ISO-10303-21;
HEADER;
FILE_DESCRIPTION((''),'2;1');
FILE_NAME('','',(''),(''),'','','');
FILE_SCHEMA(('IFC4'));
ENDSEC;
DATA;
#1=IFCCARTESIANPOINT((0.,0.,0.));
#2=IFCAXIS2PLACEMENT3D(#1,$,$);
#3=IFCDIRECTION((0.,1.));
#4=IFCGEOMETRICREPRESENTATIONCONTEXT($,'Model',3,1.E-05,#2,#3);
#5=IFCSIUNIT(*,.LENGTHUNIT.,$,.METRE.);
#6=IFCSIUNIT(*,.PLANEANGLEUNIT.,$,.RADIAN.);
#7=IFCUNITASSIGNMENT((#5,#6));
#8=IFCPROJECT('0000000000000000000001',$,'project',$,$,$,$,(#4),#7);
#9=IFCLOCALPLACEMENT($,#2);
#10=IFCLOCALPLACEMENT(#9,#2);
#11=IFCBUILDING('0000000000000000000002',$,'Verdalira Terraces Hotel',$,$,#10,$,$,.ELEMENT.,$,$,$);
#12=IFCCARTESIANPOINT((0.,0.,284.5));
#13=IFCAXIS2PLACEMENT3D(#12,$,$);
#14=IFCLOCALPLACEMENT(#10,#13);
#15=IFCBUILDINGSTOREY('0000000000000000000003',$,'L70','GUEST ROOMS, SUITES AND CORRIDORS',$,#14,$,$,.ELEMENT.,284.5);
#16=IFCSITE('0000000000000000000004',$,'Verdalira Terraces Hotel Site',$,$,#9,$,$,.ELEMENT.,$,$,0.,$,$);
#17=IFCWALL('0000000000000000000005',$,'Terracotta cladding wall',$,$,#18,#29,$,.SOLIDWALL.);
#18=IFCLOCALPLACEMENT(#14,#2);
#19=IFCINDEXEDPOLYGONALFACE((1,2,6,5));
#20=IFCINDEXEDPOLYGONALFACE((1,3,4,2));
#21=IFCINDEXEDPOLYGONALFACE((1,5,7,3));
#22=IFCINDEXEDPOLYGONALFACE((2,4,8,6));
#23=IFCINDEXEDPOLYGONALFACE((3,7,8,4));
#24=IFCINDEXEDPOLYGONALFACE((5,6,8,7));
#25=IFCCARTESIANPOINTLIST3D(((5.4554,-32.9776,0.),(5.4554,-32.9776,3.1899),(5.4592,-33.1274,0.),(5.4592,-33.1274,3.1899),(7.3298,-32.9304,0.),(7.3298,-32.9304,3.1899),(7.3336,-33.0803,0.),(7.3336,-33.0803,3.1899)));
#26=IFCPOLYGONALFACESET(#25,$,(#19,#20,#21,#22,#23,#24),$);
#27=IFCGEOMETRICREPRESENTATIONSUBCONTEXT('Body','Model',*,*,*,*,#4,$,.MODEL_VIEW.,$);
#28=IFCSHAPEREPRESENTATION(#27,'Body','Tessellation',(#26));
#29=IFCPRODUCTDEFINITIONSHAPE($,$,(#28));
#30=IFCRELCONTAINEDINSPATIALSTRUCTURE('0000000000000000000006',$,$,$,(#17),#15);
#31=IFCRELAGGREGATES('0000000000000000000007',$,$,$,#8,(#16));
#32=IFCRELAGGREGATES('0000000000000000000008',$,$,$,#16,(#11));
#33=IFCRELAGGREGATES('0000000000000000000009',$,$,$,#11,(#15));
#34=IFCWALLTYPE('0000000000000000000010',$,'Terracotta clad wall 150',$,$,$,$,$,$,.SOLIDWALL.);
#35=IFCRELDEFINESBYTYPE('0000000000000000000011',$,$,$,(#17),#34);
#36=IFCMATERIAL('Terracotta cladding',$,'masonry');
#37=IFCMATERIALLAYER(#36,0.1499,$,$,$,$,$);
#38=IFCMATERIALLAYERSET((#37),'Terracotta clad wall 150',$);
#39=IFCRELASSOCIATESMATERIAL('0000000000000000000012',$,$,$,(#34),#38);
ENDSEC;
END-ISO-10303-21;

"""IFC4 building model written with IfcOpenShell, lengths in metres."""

from ifc_helpers import new_model, si_unit, direction, frame, frame_2d, origin, place, context, subcontext, project, spatial, rectangle, extrude, material, layer, layer_set, type_object, element, save


model = new_model("IFC4")

# Units and contexts
model_context = context("Model", 3, precision=1e-05, world=origin(), true_north=direction((0.0, 1.0)))
body_context = subcontext(model_context, "Body", "Model", "MODEL_VIEW")
ifc_project = project(units=[si_unit("LENGTHUNIT", "METRE"), si_unit("PLANEANGLEUNIT", "RADIAN")], contexts=[model_context])

# Site, building, storey
site_placement = place(None, origin())
site = spatial("IfcSite", under=ifc_project, at=site_placement, Name="Verdalira Terraces Hotel Site", CompositionType="ELEMENT", RefElevation=0.0)
building_placement = place(site_placement, origin())
building = spatial("IfcBuilding", under=site, at=building_placement, Name="Verdalira Terraces Hotel", CompositionType="ELEMENT")
storey_placement = place(building_placement, frame((0.0, 0.0, 284.5)))
storey = spatial("IfcBuildingStorey", under=building, at=storey_placement, Name="L70", Description="GUEST ROOMS, SUITES AND CORRIDORS", CompositionType="ELEMENT", Elevation=284.5)

# Wall
ifc_material_1 = material(Name="Terracotta cladding", Category="masonry")
ifc_layer_1 = layer(ifc_material_1, 0.1499)
ifc_layer_set_1 = layer_set([ifc_layer_1], Name="Terracotta clad wall 150")
wall_type_1 = type_object("IfcWallType", Name="Terracotta clad wall 150", PredefinedType="SOLIDWALL", material=ifc_layer_set_1)
wall_1_placement = place(storey_placement, frame((5.4573, -33.0525, 0.0), z_axis=(0.0, 0.0, 1.0), x_axis=(0.999684, 0.025129, 0.0)))
element("IfcWall", 1, at=wall_1_placement, inside=storey, type_object=wall_type_1, Name="Terracotta cladding wall", PredefinedType="SOLIDWALL", context=body_context, shape_type="SweptSolid", body=[
    extrude(rectangle(XDim=1.875, YDim=0.1499, at=frame_2d((0.9375, 0.0))), origin(), (0.0, 0.0, 1.0), 3.1899),
])

save(model, "model.ifc")
